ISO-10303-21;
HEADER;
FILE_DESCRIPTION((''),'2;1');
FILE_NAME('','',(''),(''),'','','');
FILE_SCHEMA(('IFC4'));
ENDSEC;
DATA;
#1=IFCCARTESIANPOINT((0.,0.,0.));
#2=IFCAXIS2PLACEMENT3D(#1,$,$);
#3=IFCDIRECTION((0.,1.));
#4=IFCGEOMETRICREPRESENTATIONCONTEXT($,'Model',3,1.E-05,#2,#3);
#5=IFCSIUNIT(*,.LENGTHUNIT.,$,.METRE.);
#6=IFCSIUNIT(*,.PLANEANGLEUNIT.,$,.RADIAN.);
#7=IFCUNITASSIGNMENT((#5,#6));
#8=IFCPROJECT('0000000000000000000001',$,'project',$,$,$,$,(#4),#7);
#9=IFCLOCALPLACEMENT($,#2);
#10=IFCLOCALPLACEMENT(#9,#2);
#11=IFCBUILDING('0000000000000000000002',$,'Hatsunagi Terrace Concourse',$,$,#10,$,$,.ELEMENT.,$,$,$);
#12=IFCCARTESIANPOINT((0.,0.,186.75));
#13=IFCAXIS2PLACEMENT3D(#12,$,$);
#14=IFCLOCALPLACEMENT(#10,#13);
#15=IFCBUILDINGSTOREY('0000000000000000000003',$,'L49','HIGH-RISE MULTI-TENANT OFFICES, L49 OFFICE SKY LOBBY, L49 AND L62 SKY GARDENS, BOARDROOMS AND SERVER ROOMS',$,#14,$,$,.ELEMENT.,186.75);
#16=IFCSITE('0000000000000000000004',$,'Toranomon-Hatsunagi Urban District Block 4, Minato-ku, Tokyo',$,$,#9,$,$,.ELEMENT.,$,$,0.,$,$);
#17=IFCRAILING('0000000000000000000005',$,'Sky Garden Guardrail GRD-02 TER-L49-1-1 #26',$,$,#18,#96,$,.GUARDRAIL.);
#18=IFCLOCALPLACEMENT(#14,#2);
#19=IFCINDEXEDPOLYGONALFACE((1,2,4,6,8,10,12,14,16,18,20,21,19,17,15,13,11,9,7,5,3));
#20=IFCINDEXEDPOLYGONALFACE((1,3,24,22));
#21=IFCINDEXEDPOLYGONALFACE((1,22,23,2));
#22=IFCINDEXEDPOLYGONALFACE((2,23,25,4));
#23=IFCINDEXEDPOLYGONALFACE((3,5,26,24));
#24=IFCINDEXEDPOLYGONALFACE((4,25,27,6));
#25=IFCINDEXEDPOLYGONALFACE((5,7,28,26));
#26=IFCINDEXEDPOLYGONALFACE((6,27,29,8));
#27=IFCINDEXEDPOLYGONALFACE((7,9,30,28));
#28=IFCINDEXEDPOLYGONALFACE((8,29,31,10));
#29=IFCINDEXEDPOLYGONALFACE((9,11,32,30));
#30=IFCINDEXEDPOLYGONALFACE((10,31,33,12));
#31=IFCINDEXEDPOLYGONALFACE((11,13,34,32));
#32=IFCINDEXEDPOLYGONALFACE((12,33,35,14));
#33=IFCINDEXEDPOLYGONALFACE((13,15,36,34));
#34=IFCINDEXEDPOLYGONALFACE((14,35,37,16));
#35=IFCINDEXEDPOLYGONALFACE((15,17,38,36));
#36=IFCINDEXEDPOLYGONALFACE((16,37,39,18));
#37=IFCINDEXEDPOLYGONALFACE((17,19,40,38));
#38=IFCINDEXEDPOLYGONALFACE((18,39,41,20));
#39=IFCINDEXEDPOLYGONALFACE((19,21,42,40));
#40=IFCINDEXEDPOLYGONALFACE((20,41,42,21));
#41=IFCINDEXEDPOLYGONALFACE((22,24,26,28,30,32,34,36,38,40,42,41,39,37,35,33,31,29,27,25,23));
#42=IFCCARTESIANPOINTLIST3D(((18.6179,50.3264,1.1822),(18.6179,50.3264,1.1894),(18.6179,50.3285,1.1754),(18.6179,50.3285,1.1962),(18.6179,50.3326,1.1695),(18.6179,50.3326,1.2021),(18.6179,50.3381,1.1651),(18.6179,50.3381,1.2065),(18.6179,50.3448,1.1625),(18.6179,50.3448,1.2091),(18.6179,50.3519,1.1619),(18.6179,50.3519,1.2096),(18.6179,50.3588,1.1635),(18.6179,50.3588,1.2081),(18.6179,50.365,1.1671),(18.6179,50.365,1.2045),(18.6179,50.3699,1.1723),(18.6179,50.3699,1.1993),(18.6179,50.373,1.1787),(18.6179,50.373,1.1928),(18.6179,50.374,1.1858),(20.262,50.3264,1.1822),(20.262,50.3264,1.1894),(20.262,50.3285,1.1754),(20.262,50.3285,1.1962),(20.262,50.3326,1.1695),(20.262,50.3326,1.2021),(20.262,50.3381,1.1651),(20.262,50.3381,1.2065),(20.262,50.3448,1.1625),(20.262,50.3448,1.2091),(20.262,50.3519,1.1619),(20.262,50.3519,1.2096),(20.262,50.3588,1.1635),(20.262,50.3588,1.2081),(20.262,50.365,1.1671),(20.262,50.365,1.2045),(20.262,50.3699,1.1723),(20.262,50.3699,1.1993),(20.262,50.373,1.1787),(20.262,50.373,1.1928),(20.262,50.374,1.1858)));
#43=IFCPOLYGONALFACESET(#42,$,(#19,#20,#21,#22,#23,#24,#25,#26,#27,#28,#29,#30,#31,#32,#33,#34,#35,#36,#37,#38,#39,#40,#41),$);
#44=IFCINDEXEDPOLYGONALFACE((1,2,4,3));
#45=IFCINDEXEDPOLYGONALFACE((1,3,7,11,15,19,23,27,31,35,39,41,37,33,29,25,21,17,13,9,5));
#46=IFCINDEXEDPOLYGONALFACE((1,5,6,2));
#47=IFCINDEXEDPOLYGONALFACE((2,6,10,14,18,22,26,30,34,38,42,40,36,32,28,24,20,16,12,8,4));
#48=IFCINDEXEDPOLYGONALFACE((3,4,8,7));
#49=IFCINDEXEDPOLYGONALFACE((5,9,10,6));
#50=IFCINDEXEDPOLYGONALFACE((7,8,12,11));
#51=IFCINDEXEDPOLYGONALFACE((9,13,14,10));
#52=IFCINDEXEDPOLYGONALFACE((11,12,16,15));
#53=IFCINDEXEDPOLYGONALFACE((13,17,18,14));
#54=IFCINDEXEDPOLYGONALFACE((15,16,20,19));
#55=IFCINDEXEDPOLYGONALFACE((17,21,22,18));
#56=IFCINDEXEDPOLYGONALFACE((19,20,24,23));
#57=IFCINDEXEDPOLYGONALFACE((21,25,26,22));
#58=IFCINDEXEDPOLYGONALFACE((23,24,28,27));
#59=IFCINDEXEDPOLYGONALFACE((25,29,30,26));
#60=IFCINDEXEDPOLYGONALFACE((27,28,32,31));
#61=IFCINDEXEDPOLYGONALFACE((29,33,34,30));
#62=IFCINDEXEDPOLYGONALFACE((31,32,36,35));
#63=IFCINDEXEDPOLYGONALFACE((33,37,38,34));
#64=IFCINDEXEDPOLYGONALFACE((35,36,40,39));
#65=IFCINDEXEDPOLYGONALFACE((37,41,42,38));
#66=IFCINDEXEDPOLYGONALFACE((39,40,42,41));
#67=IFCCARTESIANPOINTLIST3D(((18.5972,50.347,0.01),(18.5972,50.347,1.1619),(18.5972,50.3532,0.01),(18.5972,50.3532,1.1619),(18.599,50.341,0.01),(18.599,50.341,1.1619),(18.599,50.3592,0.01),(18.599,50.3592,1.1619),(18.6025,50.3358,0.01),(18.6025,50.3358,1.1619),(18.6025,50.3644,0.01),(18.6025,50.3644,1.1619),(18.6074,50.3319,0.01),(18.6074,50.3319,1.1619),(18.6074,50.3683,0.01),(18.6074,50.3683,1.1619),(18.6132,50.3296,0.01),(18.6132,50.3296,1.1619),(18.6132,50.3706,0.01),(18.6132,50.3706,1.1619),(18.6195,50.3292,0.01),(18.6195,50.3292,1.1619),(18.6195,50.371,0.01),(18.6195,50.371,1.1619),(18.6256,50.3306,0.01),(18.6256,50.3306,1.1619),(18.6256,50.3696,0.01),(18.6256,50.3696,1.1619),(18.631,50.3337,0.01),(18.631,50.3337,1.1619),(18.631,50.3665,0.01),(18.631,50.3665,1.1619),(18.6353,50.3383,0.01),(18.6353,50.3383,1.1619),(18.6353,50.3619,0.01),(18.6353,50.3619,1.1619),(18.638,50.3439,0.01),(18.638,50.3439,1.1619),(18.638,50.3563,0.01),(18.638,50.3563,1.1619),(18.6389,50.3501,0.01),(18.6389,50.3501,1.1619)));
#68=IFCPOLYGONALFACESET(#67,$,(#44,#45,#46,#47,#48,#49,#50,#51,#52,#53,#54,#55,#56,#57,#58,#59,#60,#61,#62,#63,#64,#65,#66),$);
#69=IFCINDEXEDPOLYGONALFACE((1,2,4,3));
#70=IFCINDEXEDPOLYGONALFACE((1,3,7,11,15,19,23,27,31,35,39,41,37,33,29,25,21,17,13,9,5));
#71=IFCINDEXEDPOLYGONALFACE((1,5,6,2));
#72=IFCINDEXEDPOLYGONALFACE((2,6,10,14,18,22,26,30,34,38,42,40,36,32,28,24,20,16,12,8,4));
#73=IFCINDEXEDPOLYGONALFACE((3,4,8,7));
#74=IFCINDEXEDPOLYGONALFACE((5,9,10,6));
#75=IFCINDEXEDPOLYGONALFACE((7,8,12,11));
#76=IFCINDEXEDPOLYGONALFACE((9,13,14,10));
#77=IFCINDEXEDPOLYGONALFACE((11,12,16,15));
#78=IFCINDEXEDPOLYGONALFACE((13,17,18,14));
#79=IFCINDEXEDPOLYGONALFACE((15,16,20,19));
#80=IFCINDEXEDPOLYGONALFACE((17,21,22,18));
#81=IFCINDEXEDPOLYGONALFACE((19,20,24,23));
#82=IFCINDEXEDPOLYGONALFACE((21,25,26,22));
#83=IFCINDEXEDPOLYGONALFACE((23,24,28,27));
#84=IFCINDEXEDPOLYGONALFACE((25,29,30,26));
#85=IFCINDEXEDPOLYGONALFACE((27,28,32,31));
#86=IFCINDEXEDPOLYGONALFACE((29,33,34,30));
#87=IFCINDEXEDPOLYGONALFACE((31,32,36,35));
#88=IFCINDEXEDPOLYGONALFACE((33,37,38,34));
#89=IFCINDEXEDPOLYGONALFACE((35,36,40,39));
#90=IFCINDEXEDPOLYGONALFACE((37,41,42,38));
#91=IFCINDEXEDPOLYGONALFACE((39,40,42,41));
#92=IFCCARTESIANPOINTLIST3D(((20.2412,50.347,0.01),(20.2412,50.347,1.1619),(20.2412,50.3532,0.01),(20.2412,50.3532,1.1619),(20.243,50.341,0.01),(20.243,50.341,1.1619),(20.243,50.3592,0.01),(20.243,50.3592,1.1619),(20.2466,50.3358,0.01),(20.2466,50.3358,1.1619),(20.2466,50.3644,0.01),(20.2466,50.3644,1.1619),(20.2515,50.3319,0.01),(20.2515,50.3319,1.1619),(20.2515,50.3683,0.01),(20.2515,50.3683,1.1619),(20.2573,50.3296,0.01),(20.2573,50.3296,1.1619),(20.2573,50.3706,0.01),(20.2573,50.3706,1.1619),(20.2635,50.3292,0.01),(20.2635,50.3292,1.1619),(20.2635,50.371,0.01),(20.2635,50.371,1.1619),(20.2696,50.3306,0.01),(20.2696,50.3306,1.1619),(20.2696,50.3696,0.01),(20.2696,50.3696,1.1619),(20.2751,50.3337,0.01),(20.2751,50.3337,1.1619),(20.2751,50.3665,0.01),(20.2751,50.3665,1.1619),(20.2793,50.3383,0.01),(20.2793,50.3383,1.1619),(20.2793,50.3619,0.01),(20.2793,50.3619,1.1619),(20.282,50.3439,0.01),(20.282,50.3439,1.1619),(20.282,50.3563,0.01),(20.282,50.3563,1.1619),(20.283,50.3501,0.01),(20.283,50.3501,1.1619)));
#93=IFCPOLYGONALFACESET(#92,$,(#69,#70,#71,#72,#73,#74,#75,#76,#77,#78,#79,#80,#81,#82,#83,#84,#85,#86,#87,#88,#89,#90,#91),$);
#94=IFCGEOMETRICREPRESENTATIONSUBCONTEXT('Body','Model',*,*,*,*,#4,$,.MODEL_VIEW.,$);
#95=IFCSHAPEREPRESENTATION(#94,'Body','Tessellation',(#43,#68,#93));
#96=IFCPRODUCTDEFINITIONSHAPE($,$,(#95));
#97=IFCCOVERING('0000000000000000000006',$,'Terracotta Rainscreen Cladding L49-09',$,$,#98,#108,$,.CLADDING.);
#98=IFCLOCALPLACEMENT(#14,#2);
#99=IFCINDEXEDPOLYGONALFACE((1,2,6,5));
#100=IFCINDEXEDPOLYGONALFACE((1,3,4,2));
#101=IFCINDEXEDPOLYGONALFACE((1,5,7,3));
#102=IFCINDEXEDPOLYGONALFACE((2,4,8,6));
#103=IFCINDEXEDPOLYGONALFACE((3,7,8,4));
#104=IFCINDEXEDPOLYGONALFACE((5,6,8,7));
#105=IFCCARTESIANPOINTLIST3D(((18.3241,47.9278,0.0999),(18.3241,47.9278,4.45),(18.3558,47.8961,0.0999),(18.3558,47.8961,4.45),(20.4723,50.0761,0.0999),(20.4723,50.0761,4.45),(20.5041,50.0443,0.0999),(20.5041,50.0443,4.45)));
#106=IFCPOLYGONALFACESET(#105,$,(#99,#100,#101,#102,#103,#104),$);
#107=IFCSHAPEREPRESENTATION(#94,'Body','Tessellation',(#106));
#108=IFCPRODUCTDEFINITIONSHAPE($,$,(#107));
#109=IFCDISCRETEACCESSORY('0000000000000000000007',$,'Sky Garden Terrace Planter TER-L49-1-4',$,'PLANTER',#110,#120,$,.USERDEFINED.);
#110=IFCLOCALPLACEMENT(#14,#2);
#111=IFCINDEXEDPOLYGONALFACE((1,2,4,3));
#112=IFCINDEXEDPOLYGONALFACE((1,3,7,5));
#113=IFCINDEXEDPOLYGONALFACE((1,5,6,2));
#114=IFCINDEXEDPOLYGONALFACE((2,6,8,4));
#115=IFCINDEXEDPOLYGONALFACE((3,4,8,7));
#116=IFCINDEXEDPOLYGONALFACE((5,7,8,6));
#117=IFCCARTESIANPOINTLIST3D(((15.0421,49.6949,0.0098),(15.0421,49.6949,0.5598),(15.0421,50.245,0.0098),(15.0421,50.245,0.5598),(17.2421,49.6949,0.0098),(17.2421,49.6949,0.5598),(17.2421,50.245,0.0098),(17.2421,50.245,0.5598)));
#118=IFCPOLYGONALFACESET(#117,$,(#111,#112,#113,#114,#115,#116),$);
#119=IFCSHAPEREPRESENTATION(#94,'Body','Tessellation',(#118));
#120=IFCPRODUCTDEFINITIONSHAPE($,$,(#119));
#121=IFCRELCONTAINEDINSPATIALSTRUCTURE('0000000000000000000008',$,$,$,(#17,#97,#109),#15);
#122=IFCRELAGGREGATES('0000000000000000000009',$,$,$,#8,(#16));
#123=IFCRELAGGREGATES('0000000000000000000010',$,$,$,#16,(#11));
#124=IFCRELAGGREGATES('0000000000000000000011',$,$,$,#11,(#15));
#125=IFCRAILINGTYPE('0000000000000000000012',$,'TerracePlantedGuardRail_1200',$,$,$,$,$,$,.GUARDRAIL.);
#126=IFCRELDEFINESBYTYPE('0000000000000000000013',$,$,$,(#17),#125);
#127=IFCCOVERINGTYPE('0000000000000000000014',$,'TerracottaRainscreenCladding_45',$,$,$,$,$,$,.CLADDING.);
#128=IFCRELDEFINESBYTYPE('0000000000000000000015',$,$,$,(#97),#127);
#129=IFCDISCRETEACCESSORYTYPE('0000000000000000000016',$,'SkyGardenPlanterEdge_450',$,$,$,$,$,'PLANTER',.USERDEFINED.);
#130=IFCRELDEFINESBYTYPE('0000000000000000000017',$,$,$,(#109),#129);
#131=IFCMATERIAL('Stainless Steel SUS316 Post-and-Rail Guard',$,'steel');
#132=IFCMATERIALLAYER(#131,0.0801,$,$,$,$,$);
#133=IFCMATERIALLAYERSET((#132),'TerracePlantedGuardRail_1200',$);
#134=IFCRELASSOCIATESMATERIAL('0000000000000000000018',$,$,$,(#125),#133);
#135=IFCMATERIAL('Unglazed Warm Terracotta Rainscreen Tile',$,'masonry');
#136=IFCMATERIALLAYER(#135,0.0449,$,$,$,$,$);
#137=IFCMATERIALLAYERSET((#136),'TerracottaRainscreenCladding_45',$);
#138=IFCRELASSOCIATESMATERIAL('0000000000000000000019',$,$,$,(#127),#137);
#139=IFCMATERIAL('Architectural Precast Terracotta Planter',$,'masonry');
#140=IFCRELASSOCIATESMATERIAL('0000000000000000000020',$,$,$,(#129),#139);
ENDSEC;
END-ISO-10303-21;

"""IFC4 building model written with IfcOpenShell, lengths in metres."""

from ifc_helpers import new_model, si_unit, direction, frame, origin, origin_2d, place, context, subcontext, project, spatial, rectangle, circle, extrude, material, layer, layer_set, type_object, element, save


model = new_model("IFC4")

# Units and contexts
model_context = context("Model", 3, precision=1e-05, world=origin(), true_north=direction((0.0, 1.0)))
body_context = subcontext(model_context, "Body", "Model", "MODEL_VIEW")
ifc_project = project(units=[si_unit("LENGTHUNIT", "METRE"), si_unit("PLANEANGLEUNIT", "RADIAN")], contexts=[model_context])

# Site, building, storey
site_placement = place(None, origin())
site = spatial("IfcSite", under=ifc_project, at=site_placement, Name="Toranomon-Hatsunagi Urban District Block 4, Minato-ku, Tokyo", CompositionType="ELEMENT", RefElevation=0.0)
building_placement = place(site_placement, origin())
building = spatial("IfcBuilding", under=site, at=building_placement, Name="Hatsunagi Terrace Concourse", CompositionType="ELEMENT")
storey_placement = place(building_placement, frame((0.0, 0.0, 186.75)))
storey = spatial("IfcBuildingStorey", under=building, at=storey_placement, Name="L49", Description="HIGH-RISE MULTI-TENANT OFFICES, L49 OFFICE SKY LOBBY, L49 AND L62 SKY GARDENS, BOARDROOMS AND SERVER ROOMS", CompositionType="ELEMENT", Elevation=186.75)

# Railing
ifc_material_1 = material(Name="Stainless Steel SUS316 Post-and-Rail Guard", Category="steel")
ifc_layer_1 = layer(ifc_material_1, 0.0801)
ifc_layer_set_1 = layer_set([ifc_layer_1], Name="TerracePlantedGuardRail_1200")
railing_type = type_object("IfcRailingType", Name="TerracePlantedGuardRail_1200", PredefinedType="GUARDRAIL", material=ifc_layer_set_1)
railing_1_placement = place(storey_placement, frame((18.6179, 50.3501, 0.01)))
element("IfcRailing", 1, at=railing_1_placement, inside=storey, type_object=railing_type, Name="Sky Garden Guardrail GRD-02 TER-L49-1-1 #26", PredefinedType="GUARDRAIL", context=body_context, shape_type="SweptSolid", body=[
    extrude(circle(Radius=0.0239, at=origin_2d()), frame((0.0, 0.0, 1.1758), z_axis=(1.0, 0.0, 0.0), x_axis=(0.0, 1.0, 0.0)), (0.0, 0.0, 1.0), 1.644),
    extrude(circle(Radius=0.021, at=origin_2d()), origin(), (0.0, 0.0, 1.0), 1.1519),
    extrude(circle(Radius=0.021, at=origin_2d()), frame((1.644, 0.0, 0.0)), (0.0, 0.0, 1.0), 1.1519),
])

# Covering
ifc_material_2 = material(Name="Unglazed Warm Terracotta Rainscreen Tile", Category="masonry")
ifc_layer_2 = layer(ifc_material_2, 0.0449)
ifc_layer_set_2 = layer_set([ifc_layer_2], Name="TerracottaRainscreenCladding_45")
covering_type = type_object("IfcCoveringType", Name="TerracottaRainscreenCladding_45", PredefinedType="CLADDING", material=ifc_layer_set_2)
covering_placement = place(storey_placement, frame((19.4141, 48.9861, 0.0999), z_axis=(0.0, 0.0, 1.0), x_axis=(0.707107, 0.707107, 0.0)))
element("IfcCovering", 2, at=covering_placement, inside=storey, type_object=covering_type, Name="Terracotta Rainscreen Cladding L49-09", PredefinedType="CLADDING", context=body_context, shape_type="SweptSolid", body=[
    extrude(rectangle(XDim=3.0381, YDim=0.0449, at=origin_2d()), origin(), (0.0, 0.0, 1.0), 4.3501),
])

# Discrete accessory
ifc_material_3 = material(Name="Architectural Precast Terracotta Planter", Category="masonry")
discrete_accessory_type = type_object("IfcDiscreteAccessoryType", Name="SkyGardenPlanterEdge_450", ElementType="PLANTER", PredefinedType="USERDEFINED", material=ifc_material_3)
discrete_accessory_placement = place(storey_placement, frame((16.1421, 49.97, 0.0098), z_axis=(0.0, 0.0, 1.0), x_axis=(1.0, 0.0, 0.0)))
element("IfcDiscreteAccessory", 3, at=discrete_accessory_placement, inside=storey, type_object=discrete_accessory_type, Name="Sky Garden Terrace Planter TER-L49-1-4", ObjectType="PLANTER", PredefinedType="USERDEFINED", context=body_context, shape_type="SweptSolid", body=[
    extrude(rectangle(XDim=2.2, YDim=0.55, at=origin_2d()), origin(), (0.0, 0.0, 1.0), 0.55),
])

save(model, "model.ifc")
